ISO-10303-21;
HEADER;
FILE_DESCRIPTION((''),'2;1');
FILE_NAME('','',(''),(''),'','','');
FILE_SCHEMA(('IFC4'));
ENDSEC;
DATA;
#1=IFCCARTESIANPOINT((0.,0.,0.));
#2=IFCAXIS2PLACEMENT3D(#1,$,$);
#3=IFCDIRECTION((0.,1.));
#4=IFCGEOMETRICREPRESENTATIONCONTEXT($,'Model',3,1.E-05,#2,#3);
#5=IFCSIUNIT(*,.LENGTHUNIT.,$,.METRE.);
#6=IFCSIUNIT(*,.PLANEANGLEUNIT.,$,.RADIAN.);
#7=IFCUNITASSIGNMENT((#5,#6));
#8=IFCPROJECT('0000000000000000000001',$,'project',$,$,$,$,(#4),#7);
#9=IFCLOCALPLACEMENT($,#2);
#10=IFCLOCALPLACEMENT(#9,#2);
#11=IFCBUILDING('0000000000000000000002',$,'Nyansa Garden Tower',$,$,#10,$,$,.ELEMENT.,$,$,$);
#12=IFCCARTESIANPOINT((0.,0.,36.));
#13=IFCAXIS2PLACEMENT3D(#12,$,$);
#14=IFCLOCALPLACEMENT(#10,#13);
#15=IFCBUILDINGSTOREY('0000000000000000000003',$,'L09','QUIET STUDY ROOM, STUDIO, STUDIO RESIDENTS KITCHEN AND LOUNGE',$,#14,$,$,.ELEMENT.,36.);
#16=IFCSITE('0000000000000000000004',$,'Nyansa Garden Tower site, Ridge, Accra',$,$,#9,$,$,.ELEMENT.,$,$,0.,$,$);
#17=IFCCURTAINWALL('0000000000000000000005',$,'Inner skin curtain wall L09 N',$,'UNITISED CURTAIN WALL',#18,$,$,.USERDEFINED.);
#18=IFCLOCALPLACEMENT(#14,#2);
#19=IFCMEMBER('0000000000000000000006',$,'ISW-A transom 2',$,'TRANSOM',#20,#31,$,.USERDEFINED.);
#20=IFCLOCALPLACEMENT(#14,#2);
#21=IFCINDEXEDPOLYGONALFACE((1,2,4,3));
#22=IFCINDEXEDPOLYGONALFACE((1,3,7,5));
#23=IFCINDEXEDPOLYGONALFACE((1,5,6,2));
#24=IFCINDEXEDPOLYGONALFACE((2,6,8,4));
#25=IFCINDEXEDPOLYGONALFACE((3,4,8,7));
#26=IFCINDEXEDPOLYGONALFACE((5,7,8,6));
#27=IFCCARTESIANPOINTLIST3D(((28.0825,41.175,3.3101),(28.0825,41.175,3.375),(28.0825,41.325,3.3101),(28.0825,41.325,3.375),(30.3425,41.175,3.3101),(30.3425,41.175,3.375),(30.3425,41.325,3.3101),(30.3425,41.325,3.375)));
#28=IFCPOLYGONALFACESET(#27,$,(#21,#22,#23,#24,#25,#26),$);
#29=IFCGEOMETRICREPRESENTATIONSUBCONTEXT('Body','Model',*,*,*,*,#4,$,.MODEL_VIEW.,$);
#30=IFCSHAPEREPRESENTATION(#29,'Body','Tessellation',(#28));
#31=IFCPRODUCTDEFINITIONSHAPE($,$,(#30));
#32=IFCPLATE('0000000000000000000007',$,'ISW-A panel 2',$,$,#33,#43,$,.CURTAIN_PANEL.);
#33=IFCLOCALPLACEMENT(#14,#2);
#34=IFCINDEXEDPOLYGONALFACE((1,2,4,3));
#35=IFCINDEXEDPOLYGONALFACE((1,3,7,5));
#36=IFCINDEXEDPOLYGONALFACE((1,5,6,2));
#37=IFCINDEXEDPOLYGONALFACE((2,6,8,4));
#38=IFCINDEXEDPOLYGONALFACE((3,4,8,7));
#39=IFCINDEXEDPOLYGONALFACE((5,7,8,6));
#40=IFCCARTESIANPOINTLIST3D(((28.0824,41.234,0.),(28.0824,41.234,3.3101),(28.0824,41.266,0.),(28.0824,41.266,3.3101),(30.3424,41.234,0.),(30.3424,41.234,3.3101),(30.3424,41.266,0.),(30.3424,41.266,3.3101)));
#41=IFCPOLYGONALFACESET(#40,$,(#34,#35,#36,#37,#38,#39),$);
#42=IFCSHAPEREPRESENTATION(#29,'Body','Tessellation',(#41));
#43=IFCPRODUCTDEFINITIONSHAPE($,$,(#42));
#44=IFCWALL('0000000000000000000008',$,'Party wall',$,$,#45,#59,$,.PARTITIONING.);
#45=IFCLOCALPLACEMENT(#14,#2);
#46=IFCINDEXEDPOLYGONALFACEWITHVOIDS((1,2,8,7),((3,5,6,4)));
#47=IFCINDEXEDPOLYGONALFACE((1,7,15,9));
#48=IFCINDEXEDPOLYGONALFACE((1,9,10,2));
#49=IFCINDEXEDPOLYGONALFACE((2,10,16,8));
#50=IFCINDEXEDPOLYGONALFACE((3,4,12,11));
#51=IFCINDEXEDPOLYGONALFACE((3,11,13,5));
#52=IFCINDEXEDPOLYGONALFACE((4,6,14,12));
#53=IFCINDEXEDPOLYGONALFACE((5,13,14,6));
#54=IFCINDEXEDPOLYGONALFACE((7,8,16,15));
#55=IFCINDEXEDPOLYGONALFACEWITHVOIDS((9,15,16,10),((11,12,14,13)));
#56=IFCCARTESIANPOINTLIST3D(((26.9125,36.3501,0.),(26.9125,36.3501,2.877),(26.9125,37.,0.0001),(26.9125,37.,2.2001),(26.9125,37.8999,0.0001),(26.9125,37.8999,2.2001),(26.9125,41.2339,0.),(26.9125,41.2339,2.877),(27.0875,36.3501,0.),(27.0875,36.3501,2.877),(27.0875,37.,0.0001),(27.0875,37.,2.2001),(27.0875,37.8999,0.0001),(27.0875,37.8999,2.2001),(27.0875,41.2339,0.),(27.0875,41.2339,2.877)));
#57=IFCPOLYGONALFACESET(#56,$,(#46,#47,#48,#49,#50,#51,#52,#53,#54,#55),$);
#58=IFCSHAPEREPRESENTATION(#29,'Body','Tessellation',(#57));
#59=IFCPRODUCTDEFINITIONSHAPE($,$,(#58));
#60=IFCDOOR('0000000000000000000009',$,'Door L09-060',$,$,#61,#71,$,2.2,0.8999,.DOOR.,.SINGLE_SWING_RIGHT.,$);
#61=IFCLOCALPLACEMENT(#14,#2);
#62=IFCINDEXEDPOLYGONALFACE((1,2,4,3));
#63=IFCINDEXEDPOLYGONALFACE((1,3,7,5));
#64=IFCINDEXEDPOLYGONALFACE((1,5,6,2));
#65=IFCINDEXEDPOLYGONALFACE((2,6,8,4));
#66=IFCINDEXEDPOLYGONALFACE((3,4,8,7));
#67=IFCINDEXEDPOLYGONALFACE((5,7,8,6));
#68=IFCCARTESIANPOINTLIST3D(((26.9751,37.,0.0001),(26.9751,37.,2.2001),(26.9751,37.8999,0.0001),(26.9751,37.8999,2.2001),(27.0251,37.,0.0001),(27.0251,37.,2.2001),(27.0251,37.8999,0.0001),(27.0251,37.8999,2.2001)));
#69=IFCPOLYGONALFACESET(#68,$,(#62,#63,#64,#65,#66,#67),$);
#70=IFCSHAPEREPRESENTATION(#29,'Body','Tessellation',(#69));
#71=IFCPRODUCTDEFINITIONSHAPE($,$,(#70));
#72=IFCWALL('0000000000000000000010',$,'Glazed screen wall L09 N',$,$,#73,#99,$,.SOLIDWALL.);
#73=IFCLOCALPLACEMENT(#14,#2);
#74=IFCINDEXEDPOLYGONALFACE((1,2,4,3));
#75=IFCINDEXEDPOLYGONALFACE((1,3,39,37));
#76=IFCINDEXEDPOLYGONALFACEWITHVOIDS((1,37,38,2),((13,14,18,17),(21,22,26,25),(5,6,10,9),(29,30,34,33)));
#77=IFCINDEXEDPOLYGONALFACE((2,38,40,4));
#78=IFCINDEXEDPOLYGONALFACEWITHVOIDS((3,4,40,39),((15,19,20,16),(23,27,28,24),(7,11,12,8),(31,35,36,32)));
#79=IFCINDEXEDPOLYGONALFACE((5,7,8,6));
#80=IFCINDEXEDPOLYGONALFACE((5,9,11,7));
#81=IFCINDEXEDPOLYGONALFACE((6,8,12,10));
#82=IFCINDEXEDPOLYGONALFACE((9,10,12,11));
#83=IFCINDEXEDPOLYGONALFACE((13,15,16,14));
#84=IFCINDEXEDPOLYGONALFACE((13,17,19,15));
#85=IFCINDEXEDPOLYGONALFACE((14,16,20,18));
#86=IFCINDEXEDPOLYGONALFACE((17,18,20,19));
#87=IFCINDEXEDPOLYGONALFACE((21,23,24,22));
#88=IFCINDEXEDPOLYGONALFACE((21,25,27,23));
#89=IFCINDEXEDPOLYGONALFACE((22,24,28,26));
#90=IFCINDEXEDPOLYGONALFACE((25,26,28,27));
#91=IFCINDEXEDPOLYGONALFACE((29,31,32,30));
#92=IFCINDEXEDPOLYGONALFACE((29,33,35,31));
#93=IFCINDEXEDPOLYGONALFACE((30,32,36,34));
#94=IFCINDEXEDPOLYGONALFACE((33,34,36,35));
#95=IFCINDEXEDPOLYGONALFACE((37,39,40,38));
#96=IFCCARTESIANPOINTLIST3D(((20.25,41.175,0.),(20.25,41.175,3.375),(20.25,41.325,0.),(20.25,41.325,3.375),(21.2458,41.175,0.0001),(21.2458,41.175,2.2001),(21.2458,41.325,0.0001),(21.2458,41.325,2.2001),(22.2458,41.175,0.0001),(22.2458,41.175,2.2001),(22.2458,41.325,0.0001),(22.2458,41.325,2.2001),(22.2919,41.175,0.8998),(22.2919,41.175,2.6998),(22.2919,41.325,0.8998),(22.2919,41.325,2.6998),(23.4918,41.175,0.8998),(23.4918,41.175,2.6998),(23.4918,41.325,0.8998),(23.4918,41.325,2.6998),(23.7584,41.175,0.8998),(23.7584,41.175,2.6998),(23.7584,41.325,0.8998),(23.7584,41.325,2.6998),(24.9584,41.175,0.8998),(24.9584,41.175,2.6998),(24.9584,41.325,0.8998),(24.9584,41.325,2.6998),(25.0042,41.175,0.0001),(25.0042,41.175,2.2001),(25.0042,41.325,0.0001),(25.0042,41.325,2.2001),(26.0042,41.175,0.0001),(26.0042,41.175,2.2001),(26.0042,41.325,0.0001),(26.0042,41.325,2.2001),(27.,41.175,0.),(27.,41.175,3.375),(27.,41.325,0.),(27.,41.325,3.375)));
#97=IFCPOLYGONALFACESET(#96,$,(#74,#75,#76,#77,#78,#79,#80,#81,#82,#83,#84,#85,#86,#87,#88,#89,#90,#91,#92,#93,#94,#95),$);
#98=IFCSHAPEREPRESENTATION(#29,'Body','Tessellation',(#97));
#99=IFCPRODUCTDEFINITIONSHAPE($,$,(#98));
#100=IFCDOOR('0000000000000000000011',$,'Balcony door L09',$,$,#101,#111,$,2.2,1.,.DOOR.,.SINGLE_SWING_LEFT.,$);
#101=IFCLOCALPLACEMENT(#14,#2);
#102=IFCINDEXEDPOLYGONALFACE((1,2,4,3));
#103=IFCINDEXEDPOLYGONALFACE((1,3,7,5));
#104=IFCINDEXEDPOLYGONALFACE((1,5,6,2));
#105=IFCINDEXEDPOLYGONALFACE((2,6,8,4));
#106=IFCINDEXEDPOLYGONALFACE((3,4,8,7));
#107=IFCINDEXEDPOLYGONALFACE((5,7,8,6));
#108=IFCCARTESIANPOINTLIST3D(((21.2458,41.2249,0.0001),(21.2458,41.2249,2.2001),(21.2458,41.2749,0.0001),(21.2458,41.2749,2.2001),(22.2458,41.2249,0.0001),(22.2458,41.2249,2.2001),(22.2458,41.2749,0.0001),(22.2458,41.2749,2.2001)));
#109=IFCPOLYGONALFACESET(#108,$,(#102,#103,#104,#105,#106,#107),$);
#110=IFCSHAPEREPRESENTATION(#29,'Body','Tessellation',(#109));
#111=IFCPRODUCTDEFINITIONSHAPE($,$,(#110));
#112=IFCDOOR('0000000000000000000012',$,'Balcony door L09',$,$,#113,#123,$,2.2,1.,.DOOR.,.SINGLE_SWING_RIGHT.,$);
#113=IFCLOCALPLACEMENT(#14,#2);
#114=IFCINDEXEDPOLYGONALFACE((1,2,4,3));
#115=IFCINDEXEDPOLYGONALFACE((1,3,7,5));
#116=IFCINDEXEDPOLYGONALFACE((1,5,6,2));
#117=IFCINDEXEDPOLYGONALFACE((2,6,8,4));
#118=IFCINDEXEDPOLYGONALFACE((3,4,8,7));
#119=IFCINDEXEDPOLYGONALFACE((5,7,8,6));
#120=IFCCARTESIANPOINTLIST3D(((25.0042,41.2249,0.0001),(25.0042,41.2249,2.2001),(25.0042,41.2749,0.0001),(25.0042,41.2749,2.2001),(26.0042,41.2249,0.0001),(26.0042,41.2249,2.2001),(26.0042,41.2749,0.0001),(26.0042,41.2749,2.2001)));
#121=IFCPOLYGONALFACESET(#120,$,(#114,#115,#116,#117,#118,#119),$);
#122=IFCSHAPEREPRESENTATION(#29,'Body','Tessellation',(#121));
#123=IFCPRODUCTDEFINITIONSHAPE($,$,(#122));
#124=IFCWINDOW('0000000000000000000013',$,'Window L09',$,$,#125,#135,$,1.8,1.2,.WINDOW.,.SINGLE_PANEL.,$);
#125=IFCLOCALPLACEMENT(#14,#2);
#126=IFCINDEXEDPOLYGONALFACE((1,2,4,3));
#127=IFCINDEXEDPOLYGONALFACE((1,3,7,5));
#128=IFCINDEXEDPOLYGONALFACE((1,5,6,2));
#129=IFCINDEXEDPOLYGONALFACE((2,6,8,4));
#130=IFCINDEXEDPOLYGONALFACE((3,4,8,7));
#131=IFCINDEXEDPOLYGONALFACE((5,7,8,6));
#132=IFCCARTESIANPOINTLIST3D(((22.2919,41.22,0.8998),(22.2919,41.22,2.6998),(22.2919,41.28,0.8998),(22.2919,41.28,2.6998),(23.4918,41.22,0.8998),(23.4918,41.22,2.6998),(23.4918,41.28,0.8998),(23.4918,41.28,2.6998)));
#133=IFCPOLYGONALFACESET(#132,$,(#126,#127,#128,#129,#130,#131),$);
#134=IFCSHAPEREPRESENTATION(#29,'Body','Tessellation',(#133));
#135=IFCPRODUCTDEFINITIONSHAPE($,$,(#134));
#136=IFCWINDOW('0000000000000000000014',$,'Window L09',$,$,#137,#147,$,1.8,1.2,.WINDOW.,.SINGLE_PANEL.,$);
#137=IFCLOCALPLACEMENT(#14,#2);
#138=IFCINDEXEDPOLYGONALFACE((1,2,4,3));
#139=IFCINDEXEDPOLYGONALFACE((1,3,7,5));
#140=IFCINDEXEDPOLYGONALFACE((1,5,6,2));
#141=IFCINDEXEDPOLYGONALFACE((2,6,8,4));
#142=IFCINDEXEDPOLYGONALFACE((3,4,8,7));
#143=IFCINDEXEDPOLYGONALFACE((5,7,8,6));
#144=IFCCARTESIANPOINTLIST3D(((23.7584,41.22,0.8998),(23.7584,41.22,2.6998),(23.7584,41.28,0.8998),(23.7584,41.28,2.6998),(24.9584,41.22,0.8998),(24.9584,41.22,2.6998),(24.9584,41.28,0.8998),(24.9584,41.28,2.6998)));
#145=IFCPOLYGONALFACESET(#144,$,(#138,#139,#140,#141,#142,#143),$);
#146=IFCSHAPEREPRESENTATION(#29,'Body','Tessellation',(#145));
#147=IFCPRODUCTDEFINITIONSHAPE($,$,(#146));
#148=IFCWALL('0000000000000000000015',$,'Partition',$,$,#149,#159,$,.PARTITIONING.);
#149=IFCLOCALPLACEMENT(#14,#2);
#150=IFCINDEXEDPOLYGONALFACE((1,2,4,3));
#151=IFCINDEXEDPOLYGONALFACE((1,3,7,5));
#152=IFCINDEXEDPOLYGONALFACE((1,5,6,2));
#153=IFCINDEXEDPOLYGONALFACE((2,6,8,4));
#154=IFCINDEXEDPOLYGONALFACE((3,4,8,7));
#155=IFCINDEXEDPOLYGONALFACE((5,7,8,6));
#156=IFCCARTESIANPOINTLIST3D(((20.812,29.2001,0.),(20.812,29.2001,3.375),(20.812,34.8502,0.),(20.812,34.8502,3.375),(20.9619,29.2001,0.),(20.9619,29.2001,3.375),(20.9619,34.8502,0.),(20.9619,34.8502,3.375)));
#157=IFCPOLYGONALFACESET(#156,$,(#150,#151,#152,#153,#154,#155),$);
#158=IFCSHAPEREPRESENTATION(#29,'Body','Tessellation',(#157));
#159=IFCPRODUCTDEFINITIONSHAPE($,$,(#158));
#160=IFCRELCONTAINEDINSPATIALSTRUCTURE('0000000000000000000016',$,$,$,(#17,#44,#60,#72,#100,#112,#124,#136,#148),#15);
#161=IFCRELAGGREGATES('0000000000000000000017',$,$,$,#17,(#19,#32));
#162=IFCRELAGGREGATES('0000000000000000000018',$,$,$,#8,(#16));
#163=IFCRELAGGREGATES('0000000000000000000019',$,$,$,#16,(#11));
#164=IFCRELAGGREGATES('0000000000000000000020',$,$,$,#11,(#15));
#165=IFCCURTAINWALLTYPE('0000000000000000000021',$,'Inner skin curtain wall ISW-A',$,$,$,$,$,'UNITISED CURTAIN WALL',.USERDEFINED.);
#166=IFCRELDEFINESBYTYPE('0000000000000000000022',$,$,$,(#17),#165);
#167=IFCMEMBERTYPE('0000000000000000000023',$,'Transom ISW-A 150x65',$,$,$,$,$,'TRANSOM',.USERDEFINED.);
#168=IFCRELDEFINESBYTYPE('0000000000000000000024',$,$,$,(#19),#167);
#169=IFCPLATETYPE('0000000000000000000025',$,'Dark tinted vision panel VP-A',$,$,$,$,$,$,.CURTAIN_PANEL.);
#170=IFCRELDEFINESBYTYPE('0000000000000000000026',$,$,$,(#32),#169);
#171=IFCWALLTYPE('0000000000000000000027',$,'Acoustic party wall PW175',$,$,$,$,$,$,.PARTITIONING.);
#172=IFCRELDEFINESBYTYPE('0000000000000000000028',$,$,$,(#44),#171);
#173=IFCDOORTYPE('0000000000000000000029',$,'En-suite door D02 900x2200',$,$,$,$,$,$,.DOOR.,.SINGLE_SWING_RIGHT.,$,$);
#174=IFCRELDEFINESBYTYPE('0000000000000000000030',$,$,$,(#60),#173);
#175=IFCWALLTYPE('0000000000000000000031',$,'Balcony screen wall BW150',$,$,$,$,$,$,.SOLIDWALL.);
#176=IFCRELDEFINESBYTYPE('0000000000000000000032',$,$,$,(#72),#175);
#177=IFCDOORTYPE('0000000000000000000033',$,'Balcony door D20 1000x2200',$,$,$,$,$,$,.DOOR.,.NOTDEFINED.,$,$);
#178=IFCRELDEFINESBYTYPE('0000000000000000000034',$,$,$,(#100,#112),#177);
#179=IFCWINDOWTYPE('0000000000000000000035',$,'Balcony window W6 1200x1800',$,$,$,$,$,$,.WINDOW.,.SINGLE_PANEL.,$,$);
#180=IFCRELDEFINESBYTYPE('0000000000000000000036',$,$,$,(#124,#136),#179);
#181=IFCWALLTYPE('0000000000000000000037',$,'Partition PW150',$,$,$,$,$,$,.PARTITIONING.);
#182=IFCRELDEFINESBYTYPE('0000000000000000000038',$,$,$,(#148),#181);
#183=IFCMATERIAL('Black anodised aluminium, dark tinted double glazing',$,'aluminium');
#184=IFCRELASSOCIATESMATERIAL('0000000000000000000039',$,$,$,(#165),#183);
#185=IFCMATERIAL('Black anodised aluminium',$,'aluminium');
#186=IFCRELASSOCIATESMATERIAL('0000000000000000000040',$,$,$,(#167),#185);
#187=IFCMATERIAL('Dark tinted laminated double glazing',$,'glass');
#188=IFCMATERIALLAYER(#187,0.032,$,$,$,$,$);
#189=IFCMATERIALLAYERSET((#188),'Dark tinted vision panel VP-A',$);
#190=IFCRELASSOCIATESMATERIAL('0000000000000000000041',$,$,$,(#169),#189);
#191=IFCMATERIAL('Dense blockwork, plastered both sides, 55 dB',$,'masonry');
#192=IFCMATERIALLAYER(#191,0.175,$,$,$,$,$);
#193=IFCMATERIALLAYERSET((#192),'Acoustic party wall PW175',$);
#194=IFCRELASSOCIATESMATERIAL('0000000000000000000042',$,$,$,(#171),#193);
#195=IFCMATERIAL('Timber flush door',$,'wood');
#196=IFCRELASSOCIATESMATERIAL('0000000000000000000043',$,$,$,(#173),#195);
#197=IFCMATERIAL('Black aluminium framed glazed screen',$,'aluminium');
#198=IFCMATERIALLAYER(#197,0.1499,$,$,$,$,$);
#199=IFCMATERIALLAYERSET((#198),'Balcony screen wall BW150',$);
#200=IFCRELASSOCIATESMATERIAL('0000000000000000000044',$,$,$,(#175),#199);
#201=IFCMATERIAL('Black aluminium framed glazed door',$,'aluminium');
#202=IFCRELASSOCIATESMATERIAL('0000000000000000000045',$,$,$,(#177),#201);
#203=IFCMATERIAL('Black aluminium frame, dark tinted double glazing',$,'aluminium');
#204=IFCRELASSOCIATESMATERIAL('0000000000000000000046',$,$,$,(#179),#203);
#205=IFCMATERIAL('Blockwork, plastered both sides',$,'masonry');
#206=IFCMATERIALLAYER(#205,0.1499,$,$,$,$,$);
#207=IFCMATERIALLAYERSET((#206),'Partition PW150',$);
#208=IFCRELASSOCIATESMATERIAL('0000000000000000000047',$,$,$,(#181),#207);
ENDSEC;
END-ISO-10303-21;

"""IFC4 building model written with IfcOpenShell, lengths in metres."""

from ifc_helpers import new_model, si_unit, direction, frame, frame_2d, origin, origin_2d, place, context, subcontext, project, spatial, rectangle, extrude, material, layer, layer_set, material_profile, profile_set, type_object, element, fill, aggregate, save


model = new_model("IFC4")

# Units and contexts
model_context = context("Model", 3, precision=1e-05, world=origin(), true_north=direction((0.0, 1.0)))
body_context = subcontext(model_context, "Body", "Model", "MODEL_VIEW")
ifc_project = project(units=[si_unit("LENGTHUNIT", "METRE"), si_unit("PLANEANGLEUNIT", "RADIAN")], contexts=[model_context])

# Site, building, storey
site_placement = place(None, origin())
site = spatial("IfcSite", under=ifc_project, at=site_placement, Name="Nyansa Garden Tower site, Ridge, Accra", CompositionType="ELEMENT", RefElevation=0.0)
building_placement = place(site_placement, origin())
building = spatial("IfcBuilding", under=site, at=building_placement, Name="Nyansa Garden Tower", CompositionType="ELEMENT")
storey_placement = place(building_placement, frame((0.0, 0.0, 36.0)))
storey = spatial("IfcBuildingStorey", under=building, at=storey_placement, Name="L09", Description="QUIET STUDY ROOM, STUDIO, STUDIO RESIDENTS KITCHEN AND LOUNGE", CompositionType="ELEMENT", Elevation=36.0)

# Curtain wall
ifc_material_1 = material(Name="Black anodised aluminium, dark tinted double glazing", Category="aluminium")
curtain_wall_type = type_object("IfcCurtainWallType", Name="Inner skin curtain wall ISW-A", ElementType="UNITISED CURTAIN WALL", PredefinedType="USERDEFINED", material=ifc_material_1)
curtain_wall_placement = place(storey_placement, origin())
curtain_wall = element("IfcCurtainWall", 1, at=curtain_wall_placement, inside=storey, type_object=curtain_wall_type, Name="Inner skin curtain wall L09 N", ObjectType="UNITISED CURTAIN WALL", PredefinedType="USERDEFINED")

# Member
ifc_material_2 = material(Name="Black anodised aluminium", Category="aluminium")
ifc_material_profile_1 = material_profile(ifc_material_2, rectangle(XDim=0.1499, YDim=0.0649, at=origin_2d()), Name="Transom 150x65")
ifc_profile_set_1 = profile_set([ifc_material_profile_1], Name="Black anodised aluminium")
member_type_1 = type_object("IfcMemberType", Name="Transom ISW-A 150x65", ElementType="TRANSOM", PredefinedType="USERDEFINED", material=ifc_profile_set_1)
member_1_placement = place(storey_placement, frame((30.3425, 41.25, 3.3425), z_axis=(-1.0, 0.0, 0.0), x_axis=(0.0, -1.0, 0.0)))
member_1 = element("IfcMember", 2, at=member_1_placement, type_object=member_type_1, Name="ISW-A transom 2", ObjectType="TRANSOM", PredefinedType="USERDEFINED", context=body_context, shape_type="SweptSolid", body=[
    extrude(rectangle(XDim=0.1499, YDim=0.0649, at=origin_2d()), origin(), (0.0, 0.0, 1.0), 2.26),
])

# Plate
ifc_material_3 = material(Name="Dark tinted laminated double glazing", Category="glass")
ifc_layer_1 = layer(ifc_material_3, 0.032)
ifc_layer_set_1 = layer_set([ifc_layer_1], Name="Dark tinted vision panel VP-A")
plate_type = type_object("IfcPlateType", Name="Dark tinted vision panel VP-A", PredefinedType="CURTAIN_PANEL", material=ifc_layer_set_1)
plate_placement = place(storey_placement, frame((29.2124, 41.25, 0.0), z_axis=(0.0, 0.0, 1.0), x_axis=(-1.0, 0.0, 0.0)))
plate = element("IfcPlate", 3, at=plate_placement, type_object=plate_type, Name="ISW-A panel 2", PredefinedType="CURTAIN_PANEL", context=body_context, shape_type="SweptSolid", body=[
    extrude(rectangle(XDim=2.26, YDim=0.032, at=origin_2d()), origin(), (0.0, 0.0, 1.0), 3.3101),
])
aggregate(curtain_wall, [member_1, plate])

# Wall, opening, door
ifc_material_4 = material(Name="Dense blockwork, plastered both sides, 55 dB", Category="masonry")
ifc_layer_2 = layer(ifc_material_4, 0.175)
ifc_layer_set_2 = layer_set([ifc_layer_2], Name="Acoustic party wall PW175")
wall_type_1 = type_object("IfcWallType", Name="Acoustic party wall PW175", PredefinedType="PARTITIONING", material=ifc_layer_set_2)
wall_1_placement = place(storey_placement, frame((27.0, 36.3501, 0.0), z_axis=(0.0, 0.0, 1.0), x_axis=(0.0, 1.0, 0.0)))
wall_1 = element("IfcWall", 4, at=wall_1_placement, inside=storey, type_object=wall_type_1, Name="Party wall", PredefinedType="PARTITIONING", context=body_context, shape_type="SweptSolid", body=[
    extrude(rectangle(XDim=4.8838, YDim=0.175, at=frame_2d((2.4419, 0.0))), origin(), (0.0, 0.0, 1.0), 2.877),
])
opening_1_placement = place(wall_1_placement, frame((0.6499, 0.0, 0.0)))
opening_1 = element("IfcOpeningElement", 5, at=opening_1_placement, cuts=wall_1, PredefinedType="OPENING", context=body_context, shape_type="SweptSolid", body=[
    extrude(rectangle(XDim=0.8999, YDim=2.2, at=frame_2d((0.45, 1.1001))), frame((0.0, 0.0974, 0.0), z_axis=(0.0, -1.0, 0.0), x_axis=(1.0, 0.0, 0.0)), (0.0, 0.0, 1.0), 0.1951),
])
ifc_material_5 = material(Name="Timber flush door", Category="wood")
door_type_1 = type_object("IfcDoorType", Name="En-suite door D02 900x2200", OperationType="SINGLE_SWING_RIGHT", PredefinedType="DOOR", material=ifc_material_5)
door_1_placement = place(opening_1_placement, origin())
door_1 = element("IfcDoor", 6, at=door_1_placement, inside=storey, type_object=door_type_1, Name="Door L09-060", OperationType="SINGLE_SWING_RIGHT", OverallHeight=2.2, OverallWidth=0.8999, PredefinedType="DOOR", context=body_context, shape_type="SweptSolid", body=[
    extrude(rectangle(XDim=0.8999, YDim=2.2, at=frame_2d((0.45, 1.1001))), frame((0.0, 0.0249, 0.0), z_axis=(0.0, -1.0, 0.0), x_axis=(1.0, 0.0, 0.0)), (0.0, 0.0, 1.0), 0.05),
])
fill(opening_1, door_1)

# Wall, openings, doors, windows
ifc_material_6 = material(Name="Black aluminium framed glazed screen", Category="aluminium")
ifc_layer_3 = layer(ifc_material_6, 0.1499)
ifc_layer_set_3 = layer_set([ifc_layer_3], Name="Balcony screen wall BW150")
wall_type_2 = type_object("IfcWallType", Name="Balcony screen wall BW150", PredefinedType="SOLIDWALL", material=ifc_layer_set_3)
wall_2_placement = place(storey_placement, frame((20.25, 41.25, 0.0), z_axis=(0.0, 0.0, 1.0), x_axis=(1.0, 0.0, 0.0)))
wall_2 = element("IfcWall", 7, at=wall_2_placement, inside=storey, type_object=wall_type_2, Name="Glazed screen wall L09 N", PredefinedType="SOLIDWALL", context=body_context, shape_type="SweptSolid", body=[
    extrude(rectangle(XDim=6.75, YDim=0.1499, at=frame_2d((3.375, 0.0))), origin(), (0.0, 0.0, 1.0), 3.375),
])
opening_2_placement = place(wall_2_placement, frame((0.9958, 0.0, 0.0)))
opening_2 = element("IfcOpeningElement", 8, at=opening_2_placement, cuts=wall_2, PredefinedType="OPENING", context=body_context, shape_type="SweptSolid", body=[
    extrude(rectangle(XDim=1.0, YDim=2.2, at=frame_2d((0.5, 1.1001))), frame((0.0, 0.085, 0.0), z_axis=(0.0, -1.0, 0.0), x_axis=(1.0, 0.0, 0.0)), (0.0, 0.0, 1.0), 0.1699),
])
opening_3_placement = place(wall_2_placement, frame((2.0417, 0.0, 0.8999)))
opening_3 = element("IfcOpeningElement", 9, at=opening_3_placement, cuts=wall_2, PredefinedType="OPENING", context=body_context, shape_type="SweptSolid", body=[
    extrude(rectangle(XDim=1.2, YDim=1.8, at=frame_2d((0.6001, 0.8999))), frame((0.0, 0.085, 0.0), z_axis=(0.0, -1.0, 0.0), x_axis=(1.0, 0.0, 0.0)), (0.0, 0.0, 1.0), 0.1699),
])
opening_4_placement = place(wall_2_placement, frame((4.7542, 0.0, 0.0)))
opening_4 = element("IfcOpeningElement", 10, at=opening_4_placement, cuts=wall_2, PredefinedType="OPENING", context=body_context, shape_type="SweptSolid", body=[
    extrude(rectangle(XDim=1.0, YDim=2.2, at=frame_2d((0.5, 1.1001))), frame((0.0, 0.085, 0.0), z_axis=(0.0, -1.0, 0.0), x_axis=(1.0, 0.0, 0.0)), (0.0, 0.0, 1.0), 0.1699),
])
opening_5_placement = place(wall_2_placement, frame((3.5083, 0.0, 0.8999)))
opening_5 = element("IfcOpeningElement", 11, at=opening_5_placement, cuts=wall_2, PredefinedType="OPENING", context=body_context, shape_type="SweptSolid", body=[
    extrude(rectangle(XDim=1.2, YDim=1.8, at=frame_2d((0.6001, 0.8999))), frame((0.0, 0.085, 0.0), z_axis=(0.0, -1.0, 0.0), x_axis=(1.0, 0.0, 0.0)), (0.0, 0.0, 1.0), 0.1699),
])
ifc_material_7 = material(Name="Black aluminium framed glazed door", Category="aluminium")
door_type_2 = type_object("IfcDoorType", Name="Balcony door D20 1000x2200", OperationType="NOTDEFINED", PredefinedType="DOOR", material=ifc_material_7)
door_2_placement = place(opening_2_placement, origin())
door_2 = element("IfcDoor", 12, at=door_2_placement, inside=storey, type_object=door_type_2, Name="Balcony door L09", OperationType="SINGLE_SWING_LEFT", OverallHeight=2.2, OverallWidth=1.0, PredefinedType="DOOR", context=body_context, shape_type="SweptSolid", body=[
    extrude(rectangle(XDim=1.0, YDim=2.2, at=frame_2d((0.5, 1.1001))), frame((0.0, 0.0249, 0.0), z_axis=(0.0, -1.0, 0.0), x_axis=(1.0, 0.0, 0.0)), (0.0, 0.0, 1.0), 0.05),
])
fill(opening_2, door_2)
door_3_placement = place(opening_4_placement, origin())
door_3 = element("IfcDoor", 13, at=door_3_placement, inside=storey, type_object=door_type_2, Name="Balcony door L09", OperationType="SINGLE_SWING_RIGHT", OverallHeight=2.2, OverallWidth=1.0, PredefinedType="DOOR", context=body_context, shape_type="SweptSolid", body=[
    extrude(rectangle(XDim=1.0, YDim=2.2, at=frame_2d((0.5, 1.1001))), frame((0.0, 0.0249, 0.0), z_axis=(0.0, -1.0, 0.0), x_axis=(1.0, 0.0, 0.0)), (0.0, 0.0, 1.0), 0.05),
])
fill(opening_4, door_3)
ifc_material_8 = material(Name="Black aluminium frame, dark tinted double glazing", Category="aluminium")
window_type = type_object("IfcWindowType", Name="Balcony window W6 1200x1800", PartitioningType="SINGLE_PANEL", PredefinedType="WINDOW", material=ifc_material_8)
window_1_placement = place(opening_3_placement, origin())
window_1 = element("IfcWindow", 14, at=window_1_placement, inside=storey, type_object=window_type, Name="Window L09", OverallHeight=1.8, OverallWidth=1.2, PartitioningType="SINGLE_PANEL", PredefinedType="WINDOW", context=body_context, shape_type="SweptSolid", body=[
    extrude(rectangle(XDim=1.2, YDim=1.8, at=frame_2d((0.6001, 0.8999))), frame((0.0, 0.03, 0.0), z_axis=(0.0, -1.0, 0.0), x_axis=(1.0, 0.0, 0.0)), (0.0, 0.0, 1.0), 0.0601),
])
fill(opening_3, window_1)
window_2_placement = place(opening_5_placement, origin())
window_2 = element("IfcWindow", 15, at=window_2_placement, inside=storey, type_object=window_type, Name="Window L09", OverallHeight=1.8, OverallWidth=1.2, PartitioningType="SINGLE_PANEL", PredefinedType="WINDOW", context=body_context, shape_type="SweptSolid", body=[
    extrude(rectangle(XDim=1.2, YDim=1.8, at=frame_2d((0.6001, 0.8999))), frame((0.0, 0.03, 0.0), z_axis=(0.0, -1.0, 0.0), x_axis=(1.0, 0.0, 0.0)), (0.0, 0.0, 1.0), 0.0601),
])
fill(opening_5, window_2)

# Wall
ifc_material_9 = material(Name="Blockwork, plastered both sides", Category="masonry")
ifc_layer_4 = layer(ifc_material_9, 0.1499)
ifc_layer_set_4 = layer_set([ifc_layer_4], Name="Partition PW150")
wall_type_3 = type_object("IfcWallType", Name="Partition PW150", PredefinedType="PARTITIONING", material=ifc_layer_set_4)
wall_3_placement = place(storey_placement, frame((20.887, 29.2, 0.0), z_axis=(0.0, 0.0, 1.0), x_axis=(0.0, 1.0, 0.0)))
element("IfcWall", 16, at=wall_3_placement, inside=storey, type_object=wall_type_3, Name="Partition", PredefinedType="PARTITIONING", context=body_context, shape_type="SweptSolid", body=[
    extrude(rectangle(XDim=5.6501, YDim=0.1499, at=frame_2d((2.8252, 0.0))), origin(), (0.0, 0.0, 1.0), 3.375),
])

save(model, "model.ifc")
